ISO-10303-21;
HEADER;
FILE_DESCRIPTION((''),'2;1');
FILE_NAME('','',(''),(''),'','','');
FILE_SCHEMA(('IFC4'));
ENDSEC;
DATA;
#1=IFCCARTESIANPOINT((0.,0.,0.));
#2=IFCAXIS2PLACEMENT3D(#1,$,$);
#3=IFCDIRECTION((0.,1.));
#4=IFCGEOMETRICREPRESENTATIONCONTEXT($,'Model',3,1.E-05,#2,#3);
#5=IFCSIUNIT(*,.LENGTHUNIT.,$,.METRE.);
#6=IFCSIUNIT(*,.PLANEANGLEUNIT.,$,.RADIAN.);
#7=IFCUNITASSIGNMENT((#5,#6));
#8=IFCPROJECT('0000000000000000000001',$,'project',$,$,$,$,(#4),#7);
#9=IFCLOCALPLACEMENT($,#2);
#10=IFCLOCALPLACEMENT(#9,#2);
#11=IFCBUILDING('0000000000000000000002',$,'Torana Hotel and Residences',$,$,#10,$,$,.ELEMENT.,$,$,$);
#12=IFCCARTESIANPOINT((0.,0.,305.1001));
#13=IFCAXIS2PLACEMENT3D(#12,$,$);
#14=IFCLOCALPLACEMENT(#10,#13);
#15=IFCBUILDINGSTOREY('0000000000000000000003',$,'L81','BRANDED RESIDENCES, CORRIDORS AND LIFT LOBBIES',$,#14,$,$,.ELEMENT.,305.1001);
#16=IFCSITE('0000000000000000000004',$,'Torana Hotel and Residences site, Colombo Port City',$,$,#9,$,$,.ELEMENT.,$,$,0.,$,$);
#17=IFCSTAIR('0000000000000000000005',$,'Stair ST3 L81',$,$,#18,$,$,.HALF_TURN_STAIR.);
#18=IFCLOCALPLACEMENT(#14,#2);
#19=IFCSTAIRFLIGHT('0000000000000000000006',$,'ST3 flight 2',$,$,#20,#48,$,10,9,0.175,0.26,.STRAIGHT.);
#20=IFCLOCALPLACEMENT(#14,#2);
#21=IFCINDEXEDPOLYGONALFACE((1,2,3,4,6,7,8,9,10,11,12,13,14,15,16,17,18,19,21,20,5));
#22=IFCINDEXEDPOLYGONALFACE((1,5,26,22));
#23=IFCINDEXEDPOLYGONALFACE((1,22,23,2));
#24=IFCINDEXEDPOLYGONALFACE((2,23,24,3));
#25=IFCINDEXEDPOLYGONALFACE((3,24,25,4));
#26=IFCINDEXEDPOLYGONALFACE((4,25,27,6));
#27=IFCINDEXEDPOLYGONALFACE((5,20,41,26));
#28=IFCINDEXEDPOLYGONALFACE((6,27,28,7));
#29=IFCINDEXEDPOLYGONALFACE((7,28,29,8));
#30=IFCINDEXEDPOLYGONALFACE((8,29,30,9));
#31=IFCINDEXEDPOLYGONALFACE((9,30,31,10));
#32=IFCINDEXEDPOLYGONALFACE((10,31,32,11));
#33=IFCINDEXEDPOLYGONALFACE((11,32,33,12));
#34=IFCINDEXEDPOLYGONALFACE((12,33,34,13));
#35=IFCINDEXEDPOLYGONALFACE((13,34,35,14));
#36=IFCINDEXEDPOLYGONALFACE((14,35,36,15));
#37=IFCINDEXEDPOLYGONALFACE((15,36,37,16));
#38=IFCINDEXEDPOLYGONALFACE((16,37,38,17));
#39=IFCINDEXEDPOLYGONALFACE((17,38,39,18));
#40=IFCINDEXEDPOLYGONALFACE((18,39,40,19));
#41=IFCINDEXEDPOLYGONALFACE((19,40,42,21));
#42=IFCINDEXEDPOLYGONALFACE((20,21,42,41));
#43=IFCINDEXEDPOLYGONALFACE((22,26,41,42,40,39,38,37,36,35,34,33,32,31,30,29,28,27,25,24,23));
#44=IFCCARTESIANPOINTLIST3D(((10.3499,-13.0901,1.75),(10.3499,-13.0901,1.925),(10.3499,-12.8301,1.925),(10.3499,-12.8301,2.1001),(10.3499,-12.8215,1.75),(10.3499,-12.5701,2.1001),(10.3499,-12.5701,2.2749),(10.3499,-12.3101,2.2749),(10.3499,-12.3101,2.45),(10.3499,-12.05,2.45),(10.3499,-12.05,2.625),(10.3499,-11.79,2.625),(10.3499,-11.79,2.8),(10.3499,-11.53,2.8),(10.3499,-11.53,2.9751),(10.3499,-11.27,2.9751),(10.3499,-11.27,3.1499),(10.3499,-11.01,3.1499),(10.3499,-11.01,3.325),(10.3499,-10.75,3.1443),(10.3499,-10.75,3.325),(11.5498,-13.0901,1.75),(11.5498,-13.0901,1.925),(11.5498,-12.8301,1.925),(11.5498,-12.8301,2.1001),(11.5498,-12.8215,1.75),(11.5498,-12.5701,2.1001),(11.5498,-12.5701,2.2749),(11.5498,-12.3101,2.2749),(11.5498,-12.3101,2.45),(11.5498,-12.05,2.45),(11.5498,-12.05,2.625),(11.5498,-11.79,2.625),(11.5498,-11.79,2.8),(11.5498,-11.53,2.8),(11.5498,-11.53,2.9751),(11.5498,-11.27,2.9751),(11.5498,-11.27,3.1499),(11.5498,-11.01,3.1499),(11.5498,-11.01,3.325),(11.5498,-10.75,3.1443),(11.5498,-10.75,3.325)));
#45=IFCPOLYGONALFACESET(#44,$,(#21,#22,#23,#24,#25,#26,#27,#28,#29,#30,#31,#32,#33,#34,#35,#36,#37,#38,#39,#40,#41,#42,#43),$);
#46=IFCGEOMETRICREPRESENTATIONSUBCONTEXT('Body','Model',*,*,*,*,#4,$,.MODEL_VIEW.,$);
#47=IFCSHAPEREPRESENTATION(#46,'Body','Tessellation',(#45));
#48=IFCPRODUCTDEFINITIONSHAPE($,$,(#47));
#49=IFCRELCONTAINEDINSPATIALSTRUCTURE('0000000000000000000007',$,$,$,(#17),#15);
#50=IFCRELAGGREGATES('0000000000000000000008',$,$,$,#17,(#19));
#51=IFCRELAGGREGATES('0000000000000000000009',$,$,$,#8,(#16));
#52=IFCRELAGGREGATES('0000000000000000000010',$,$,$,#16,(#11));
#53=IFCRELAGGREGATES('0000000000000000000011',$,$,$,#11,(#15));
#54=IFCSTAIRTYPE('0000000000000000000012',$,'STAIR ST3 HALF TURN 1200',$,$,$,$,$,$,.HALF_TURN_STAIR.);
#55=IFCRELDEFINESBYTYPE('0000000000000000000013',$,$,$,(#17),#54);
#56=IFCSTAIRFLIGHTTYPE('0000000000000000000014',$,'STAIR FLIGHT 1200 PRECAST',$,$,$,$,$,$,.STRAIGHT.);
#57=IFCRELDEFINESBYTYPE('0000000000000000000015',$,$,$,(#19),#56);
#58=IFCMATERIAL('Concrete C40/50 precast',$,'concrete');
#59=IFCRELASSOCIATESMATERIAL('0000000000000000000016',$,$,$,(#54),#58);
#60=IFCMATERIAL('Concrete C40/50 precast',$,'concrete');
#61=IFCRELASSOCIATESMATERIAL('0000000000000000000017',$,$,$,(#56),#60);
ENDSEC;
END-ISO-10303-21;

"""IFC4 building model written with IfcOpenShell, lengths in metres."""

from ifc_helpers import new_model, si_unit, direction, frame, origin, place, context, subcontext, project, spatial, polyline, outline, extrude, material, type_object, element, aggregate, save


model = new_model("IFC4")

# Units and contexts
model_context = context("Model", 3, precision=1e-05, world=origin(), true_north=direction((0.0, 1.0)))
body_context = subcontext(model_context, "Body", "Model", "MODEL_VIEW")
ifc_project = project(units=[si_unit("LENGTHUNIT", "METRE"), si_unit("PLANEANGLEUNIT", "RADIAN")], contexts=[model_context])

# Site, building, storey
site_placement = place(None, origin())
site = spatial("IfcSite", under=ifc_project, at=site_placement, Name="Torana Hotel and Residences site, Colombo Port City", CompositionType="ELEMENT", RefElevation=0.0)
building_placement = place(site_placement, origin())
building = spatial("IfcBuilding", under=site, at=building_placement, Name="Torana Hotel and Residences", CompositionType="ELEMENT")
storey_placement = place(building_placement, frame((0.0, 0.0, 305.1001)))
storey = spatial("IfcBuildingStorey", under=building, at=storey_placement, Name="L81", Description="BRANDED RESIDENCES, CORRIDORS AND LIFT LOBBIES", CompositionType="ELEMENT", Elevation=305.1001)

# Stair, stair flight
ifc_material_1 = material(Name="Concrete C40/50 precast", Category="concrete")
stair_type = type_object("IfcStairType", Name="STAIR ST3 HALF TURN 1200", PredefinedType="HALF_TURN_STAIR", material=ifc_material_1)
stair_placement = place(storey_placement, origin())
stair = element("IfcStair", 1, at=stair_placement, inside=storey, type_object=stair_type, Name="Stair ST3 L81", PredefinedType="HALF_TURN_STAIR")
ifc_material_2 = material(Name="Concrete C40/50 precast", Category="concrete")
stair_flight_type = type_object("IfcStairFlightType", Name="STAIR FLIGHT 1200 PRECAST", PredefinedType="STRAIGHT", material=ifc_material_2)
stair_flight_placement = place(storey_placement, frame((10.95, -13.0901, 1.75), z_axis=(0.0, 0.0, 1.0), x_axis=(0.0, 1.0, 0.0)))
stair_flight = element("IfcStairFlight", 2, at=stair_flight_placement, type_object=stair_flight_type, Name="ST3 flight 2", NumberOfRisers=10, NumberOfTreads=9, PredefinedType="STRAIGHT", RiserHeight=0.175, TreadLength=0.26, context=body_context, shape_type="SweptSolid", body=[
    extrude(outline(polyline([(0.0, 0.0), (0.0, 0.175), (0.26, 0.175), (0.26, 0.3501), (0.52, 0.3501), (0.52, 0.5249), (0.78, 0.5249), (0.78, 0.7), (1.04, 0.7), (1.04, 0.875), (1.3, 0.875), (1.3, 1.05), (1.5601, 1.05), (1.5601, 1.2251), (1.8201, 1.2251), (1.8201, 1.3999), (2.0801, 1.3999), (2.0801, 1.575), (2.3401, 1.575), (2.3401, 1.75), (2.3401, 1.3943), (0.2686, 0.0), (0.0, 0.0)])), frame((0.0, 0.6001, 0.0), z_axis=(0.0, -1.0, 0.0), x_axis=(1.0, 0.0, 0.0)), (0.0, 0.0, 1.0), 1.2),
])
aggregate(stair, [stair_flight])

save(model, "model.ifc")
